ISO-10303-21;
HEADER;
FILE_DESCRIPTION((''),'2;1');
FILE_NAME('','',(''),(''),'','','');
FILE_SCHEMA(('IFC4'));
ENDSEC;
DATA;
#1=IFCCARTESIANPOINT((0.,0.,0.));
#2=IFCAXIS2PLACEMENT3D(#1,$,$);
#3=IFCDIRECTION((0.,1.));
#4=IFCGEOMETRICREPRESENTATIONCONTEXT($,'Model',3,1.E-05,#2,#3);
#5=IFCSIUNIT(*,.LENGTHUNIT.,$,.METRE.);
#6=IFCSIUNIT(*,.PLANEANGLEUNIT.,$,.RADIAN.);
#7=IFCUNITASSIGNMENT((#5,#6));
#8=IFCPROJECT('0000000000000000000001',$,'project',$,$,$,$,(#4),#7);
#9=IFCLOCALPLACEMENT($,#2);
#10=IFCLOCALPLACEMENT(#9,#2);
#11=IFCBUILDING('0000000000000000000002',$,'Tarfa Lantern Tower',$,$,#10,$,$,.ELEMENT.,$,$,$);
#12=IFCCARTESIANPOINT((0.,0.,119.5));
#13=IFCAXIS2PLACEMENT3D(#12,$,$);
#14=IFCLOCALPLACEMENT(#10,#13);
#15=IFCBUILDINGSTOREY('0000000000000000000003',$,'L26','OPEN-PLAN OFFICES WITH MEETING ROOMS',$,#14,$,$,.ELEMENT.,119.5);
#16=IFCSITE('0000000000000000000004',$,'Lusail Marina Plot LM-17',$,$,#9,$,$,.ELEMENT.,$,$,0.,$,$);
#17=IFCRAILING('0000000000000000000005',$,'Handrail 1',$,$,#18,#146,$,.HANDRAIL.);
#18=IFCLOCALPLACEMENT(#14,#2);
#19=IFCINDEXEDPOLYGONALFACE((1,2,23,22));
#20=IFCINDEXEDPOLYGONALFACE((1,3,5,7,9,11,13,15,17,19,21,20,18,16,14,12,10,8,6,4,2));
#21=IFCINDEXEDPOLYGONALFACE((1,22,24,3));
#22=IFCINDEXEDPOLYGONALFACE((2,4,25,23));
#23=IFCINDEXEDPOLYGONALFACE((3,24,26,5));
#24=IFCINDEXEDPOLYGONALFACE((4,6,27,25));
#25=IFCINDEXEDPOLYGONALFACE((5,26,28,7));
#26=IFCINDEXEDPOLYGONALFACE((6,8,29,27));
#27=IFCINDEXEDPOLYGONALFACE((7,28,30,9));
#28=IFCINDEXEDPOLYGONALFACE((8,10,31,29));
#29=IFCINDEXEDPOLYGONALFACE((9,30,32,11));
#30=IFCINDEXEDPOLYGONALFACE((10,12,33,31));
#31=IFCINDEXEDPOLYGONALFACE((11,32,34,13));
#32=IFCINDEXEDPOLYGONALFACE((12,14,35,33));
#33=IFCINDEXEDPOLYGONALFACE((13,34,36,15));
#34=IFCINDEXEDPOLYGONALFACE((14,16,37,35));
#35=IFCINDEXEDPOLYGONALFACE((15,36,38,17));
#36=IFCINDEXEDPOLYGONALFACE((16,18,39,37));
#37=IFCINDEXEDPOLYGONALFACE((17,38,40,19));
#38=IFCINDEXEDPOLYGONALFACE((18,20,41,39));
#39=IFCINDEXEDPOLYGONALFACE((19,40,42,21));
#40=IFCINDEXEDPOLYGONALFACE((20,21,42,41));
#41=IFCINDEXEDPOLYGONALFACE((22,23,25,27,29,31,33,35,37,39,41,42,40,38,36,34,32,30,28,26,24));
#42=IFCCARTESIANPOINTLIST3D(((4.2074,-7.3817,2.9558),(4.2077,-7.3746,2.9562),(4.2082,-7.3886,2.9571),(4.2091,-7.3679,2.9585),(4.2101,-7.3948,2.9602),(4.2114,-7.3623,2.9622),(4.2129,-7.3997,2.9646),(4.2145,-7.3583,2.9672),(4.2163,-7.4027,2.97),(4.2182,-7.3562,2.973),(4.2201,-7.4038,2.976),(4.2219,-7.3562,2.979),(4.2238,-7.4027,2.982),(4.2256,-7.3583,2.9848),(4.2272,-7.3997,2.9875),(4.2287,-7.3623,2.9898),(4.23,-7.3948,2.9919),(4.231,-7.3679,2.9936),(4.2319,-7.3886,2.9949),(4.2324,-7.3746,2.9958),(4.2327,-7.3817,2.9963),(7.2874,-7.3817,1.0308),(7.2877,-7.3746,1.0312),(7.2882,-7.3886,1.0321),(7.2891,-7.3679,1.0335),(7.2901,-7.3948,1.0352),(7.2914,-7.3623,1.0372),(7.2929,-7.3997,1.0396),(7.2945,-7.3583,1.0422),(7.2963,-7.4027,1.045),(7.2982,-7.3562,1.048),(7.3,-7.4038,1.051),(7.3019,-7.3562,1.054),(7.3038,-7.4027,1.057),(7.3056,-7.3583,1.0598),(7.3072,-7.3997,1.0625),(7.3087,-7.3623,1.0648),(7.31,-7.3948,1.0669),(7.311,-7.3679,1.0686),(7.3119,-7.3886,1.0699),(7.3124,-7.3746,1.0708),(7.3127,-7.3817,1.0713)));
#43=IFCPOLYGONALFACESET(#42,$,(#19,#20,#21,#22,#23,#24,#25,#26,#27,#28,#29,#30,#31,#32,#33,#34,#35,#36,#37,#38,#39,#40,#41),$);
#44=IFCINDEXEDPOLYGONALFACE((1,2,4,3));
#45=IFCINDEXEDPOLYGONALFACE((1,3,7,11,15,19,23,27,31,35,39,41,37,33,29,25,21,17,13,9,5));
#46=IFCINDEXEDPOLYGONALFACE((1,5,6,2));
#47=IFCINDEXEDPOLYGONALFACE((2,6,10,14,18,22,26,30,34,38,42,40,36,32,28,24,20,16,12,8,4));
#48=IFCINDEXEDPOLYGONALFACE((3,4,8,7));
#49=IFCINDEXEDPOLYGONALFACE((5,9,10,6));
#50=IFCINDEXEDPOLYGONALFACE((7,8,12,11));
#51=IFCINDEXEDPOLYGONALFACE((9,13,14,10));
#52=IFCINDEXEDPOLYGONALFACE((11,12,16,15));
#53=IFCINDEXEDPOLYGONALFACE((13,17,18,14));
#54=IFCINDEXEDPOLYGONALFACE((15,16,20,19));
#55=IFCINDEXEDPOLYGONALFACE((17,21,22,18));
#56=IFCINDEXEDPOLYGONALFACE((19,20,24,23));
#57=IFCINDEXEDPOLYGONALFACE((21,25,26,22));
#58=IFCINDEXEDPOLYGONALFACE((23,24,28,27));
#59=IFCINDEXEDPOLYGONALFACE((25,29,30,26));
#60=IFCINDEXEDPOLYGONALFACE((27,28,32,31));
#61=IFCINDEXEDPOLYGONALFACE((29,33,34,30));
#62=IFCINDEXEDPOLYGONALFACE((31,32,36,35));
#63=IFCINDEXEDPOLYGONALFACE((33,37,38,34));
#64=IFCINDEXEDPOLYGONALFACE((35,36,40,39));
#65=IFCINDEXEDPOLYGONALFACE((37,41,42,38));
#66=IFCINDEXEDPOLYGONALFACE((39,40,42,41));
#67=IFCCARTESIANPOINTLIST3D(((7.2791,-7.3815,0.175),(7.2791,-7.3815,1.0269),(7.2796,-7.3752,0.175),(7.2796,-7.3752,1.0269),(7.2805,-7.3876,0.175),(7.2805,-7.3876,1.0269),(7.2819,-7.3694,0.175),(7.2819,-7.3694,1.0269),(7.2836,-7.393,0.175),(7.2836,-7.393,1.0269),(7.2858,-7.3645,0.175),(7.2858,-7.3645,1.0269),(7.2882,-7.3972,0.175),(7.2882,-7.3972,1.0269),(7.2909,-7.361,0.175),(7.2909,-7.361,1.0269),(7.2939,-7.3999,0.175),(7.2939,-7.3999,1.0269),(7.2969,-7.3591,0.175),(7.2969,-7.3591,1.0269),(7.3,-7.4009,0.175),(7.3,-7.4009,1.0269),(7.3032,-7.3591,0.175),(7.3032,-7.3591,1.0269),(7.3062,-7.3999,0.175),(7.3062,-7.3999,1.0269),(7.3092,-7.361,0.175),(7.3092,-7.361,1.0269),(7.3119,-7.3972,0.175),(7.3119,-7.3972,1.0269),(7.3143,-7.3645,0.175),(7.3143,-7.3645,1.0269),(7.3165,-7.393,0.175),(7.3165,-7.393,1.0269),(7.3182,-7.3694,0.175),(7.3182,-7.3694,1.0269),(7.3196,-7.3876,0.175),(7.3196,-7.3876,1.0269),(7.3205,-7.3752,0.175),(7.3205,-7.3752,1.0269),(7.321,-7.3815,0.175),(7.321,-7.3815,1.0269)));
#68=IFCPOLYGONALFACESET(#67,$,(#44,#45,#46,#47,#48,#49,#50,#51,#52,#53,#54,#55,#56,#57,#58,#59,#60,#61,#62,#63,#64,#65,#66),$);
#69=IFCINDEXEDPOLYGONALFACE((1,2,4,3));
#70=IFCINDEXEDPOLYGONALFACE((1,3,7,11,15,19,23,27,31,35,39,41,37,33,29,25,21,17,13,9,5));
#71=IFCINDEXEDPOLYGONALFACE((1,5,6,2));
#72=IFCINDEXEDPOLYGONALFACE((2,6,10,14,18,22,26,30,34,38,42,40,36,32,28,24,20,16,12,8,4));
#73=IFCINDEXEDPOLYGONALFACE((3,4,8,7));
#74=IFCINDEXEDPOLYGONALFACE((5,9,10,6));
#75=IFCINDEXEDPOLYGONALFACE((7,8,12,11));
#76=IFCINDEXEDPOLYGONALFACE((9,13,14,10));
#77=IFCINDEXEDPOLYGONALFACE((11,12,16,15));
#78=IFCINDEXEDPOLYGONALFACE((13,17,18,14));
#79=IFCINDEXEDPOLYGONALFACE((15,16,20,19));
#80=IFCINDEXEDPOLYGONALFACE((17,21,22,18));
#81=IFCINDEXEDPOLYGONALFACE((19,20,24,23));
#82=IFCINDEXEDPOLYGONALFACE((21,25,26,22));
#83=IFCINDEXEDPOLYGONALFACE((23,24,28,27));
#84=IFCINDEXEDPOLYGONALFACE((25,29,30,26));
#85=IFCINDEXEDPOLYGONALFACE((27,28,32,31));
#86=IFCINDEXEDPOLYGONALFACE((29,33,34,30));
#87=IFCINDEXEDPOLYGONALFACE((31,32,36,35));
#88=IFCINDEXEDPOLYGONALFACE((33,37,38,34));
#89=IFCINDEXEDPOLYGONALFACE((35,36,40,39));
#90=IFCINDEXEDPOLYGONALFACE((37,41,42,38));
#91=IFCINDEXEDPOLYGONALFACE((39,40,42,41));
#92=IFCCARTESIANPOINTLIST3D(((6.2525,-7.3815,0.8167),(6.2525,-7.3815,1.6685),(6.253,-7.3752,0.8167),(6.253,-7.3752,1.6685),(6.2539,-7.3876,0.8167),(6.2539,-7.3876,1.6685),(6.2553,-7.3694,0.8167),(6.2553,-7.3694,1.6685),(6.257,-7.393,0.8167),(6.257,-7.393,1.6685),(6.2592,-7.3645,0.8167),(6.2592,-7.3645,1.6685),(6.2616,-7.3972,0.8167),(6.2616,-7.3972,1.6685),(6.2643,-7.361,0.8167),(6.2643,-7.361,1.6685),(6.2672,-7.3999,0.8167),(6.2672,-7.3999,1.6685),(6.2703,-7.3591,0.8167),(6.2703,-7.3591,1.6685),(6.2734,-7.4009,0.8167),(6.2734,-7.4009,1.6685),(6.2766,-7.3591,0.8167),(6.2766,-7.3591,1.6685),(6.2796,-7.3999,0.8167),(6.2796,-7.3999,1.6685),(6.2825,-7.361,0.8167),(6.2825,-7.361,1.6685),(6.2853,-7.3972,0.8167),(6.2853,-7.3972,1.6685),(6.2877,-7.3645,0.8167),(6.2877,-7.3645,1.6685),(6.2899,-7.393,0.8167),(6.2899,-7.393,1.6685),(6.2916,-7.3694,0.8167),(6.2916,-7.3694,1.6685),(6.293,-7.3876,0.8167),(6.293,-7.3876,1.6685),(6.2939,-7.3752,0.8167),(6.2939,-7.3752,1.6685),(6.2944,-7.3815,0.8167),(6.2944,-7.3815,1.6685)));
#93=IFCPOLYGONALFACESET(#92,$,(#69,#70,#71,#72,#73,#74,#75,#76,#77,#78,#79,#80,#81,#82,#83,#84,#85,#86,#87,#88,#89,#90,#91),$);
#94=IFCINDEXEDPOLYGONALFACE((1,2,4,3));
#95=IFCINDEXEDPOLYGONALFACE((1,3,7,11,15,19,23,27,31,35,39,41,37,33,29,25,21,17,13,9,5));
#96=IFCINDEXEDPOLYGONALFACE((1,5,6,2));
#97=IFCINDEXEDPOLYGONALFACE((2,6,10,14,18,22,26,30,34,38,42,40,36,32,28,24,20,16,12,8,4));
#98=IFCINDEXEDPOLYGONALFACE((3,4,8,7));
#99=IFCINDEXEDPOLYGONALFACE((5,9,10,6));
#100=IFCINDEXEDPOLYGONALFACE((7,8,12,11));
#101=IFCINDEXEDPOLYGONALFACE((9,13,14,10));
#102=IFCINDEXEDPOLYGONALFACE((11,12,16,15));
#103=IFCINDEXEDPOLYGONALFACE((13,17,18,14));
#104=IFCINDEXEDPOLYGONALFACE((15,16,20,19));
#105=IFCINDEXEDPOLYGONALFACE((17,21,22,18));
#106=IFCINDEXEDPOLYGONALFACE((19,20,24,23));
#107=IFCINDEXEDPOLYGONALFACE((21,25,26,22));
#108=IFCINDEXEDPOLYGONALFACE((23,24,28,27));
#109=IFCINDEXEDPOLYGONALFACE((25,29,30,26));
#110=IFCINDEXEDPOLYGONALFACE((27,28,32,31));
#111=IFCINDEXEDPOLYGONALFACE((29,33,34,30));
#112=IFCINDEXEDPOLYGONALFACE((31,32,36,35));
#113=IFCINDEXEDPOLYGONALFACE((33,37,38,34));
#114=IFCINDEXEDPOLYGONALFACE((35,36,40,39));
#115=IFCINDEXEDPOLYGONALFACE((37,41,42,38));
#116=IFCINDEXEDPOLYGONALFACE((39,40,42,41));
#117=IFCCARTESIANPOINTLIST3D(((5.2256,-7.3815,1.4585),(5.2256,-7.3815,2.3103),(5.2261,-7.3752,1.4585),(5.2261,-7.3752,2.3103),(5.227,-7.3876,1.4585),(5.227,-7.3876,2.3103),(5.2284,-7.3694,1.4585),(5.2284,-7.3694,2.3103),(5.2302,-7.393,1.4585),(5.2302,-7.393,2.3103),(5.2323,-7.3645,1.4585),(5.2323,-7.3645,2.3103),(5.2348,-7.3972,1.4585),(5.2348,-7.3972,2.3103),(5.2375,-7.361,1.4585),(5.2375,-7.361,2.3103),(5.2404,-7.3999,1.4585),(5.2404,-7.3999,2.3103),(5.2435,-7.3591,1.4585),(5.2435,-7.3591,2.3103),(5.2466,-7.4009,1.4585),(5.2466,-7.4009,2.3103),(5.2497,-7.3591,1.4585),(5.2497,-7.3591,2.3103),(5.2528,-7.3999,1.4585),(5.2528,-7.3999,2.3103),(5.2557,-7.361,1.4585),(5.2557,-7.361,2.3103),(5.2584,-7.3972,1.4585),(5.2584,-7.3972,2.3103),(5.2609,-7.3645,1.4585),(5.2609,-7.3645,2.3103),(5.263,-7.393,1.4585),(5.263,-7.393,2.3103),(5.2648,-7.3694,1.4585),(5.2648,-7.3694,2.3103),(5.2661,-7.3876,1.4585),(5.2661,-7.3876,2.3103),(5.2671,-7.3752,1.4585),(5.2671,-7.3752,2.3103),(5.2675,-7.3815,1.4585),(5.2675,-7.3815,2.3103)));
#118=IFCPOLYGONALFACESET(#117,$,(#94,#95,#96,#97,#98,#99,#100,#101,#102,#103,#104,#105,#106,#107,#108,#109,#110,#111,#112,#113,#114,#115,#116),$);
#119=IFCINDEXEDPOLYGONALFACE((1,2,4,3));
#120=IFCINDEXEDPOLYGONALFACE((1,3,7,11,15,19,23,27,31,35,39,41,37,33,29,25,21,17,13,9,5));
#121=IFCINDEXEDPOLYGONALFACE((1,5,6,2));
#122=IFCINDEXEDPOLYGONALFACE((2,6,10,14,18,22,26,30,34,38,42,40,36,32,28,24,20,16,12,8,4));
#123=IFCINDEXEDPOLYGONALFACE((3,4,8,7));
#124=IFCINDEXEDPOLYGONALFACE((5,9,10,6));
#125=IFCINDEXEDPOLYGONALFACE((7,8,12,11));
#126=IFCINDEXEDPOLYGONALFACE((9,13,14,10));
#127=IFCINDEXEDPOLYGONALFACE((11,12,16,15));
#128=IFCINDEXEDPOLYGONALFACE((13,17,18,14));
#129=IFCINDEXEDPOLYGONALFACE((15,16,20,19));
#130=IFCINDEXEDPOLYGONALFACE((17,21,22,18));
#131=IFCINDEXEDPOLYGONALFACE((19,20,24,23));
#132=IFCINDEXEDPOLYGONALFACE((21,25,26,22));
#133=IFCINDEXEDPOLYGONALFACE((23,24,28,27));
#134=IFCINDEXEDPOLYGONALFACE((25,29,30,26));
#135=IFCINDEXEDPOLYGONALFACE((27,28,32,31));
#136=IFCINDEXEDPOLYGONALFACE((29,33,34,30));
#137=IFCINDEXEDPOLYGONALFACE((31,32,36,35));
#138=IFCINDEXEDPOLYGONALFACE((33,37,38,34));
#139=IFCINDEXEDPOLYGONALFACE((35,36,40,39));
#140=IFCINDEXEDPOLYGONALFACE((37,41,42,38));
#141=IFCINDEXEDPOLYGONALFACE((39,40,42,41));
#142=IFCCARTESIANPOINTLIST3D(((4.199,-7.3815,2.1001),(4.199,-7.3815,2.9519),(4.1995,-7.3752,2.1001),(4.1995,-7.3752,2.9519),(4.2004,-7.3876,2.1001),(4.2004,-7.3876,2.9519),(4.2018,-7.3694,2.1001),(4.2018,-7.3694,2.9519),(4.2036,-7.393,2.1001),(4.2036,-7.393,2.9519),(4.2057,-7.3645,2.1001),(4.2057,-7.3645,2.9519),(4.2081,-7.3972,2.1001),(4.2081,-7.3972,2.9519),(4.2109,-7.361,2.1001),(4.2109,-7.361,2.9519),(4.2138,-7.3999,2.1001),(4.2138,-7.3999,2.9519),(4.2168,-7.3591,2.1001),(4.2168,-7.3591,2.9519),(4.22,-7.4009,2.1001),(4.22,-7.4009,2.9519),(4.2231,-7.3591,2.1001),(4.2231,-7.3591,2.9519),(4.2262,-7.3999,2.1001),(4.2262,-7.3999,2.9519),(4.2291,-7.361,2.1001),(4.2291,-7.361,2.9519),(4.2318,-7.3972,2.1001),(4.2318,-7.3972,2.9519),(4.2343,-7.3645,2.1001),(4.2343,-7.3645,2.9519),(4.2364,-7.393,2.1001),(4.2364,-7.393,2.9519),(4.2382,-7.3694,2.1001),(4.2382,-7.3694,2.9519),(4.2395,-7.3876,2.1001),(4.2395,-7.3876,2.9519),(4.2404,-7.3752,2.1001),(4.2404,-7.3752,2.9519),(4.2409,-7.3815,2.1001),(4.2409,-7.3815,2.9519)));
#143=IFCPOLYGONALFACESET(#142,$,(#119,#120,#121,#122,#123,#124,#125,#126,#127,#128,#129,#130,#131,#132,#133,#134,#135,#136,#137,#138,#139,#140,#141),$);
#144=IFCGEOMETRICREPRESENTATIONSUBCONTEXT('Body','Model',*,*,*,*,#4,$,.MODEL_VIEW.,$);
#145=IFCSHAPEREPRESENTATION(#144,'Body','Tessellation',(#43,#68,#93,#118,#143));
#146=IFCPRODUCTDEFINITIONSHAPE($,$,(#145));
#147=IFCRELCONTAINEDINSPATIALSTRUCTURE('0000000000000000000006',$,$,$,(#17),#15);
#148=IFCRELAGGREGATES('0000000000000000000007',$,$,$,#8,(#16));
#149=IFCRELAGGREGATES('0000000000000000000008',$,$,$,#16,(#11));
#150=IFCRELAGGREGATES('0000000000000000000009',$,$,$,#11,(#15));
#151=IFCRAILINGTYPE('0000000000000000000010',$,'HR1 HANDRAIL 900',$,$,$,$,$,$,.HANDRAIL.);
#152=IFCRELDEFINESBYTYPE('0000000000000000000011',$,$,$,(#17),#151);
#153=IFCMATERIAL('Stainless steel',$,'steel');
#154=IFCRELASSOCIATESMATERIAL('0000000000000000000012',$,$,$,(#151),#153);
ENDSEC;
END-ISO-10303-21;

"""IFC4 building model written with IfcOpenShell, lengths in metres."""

from ifc_helpers import new_model, si_unit, direction, frame, origin, origin_2d, place, context, subcontext, project, spatial, circle, extrude, material, type_object, element, save


model = new_model("IFC4")

# Units and contexts
model_context = context("Model", 3, precision=1e-05, world=origin(), true_north=direction((0.0, 1.0)))
body_context = subcontext(model_context, "Body", "Model", "MODEL_VIEW")
ifc_project = project(units=[si_unit("LENGTHUNIT", "METRE"), si_unit("PLANEANGLEUNIT", "RADIAN")], contexts=[model_context])

# Site, building, storey
site_placement = place(None, origin())
site = spatial("IfcSite", under=ifc_project, at=site_placement, Name="Lusail Marina Plot LM-17", CompositionType="ELEMENT", RefElevation=0.0)
building_placement = place(site_placement, origin())
building = spatial("IfcBuilding", under=site, at=building_placement, Name="Tarfa Lantern Tower", CompositionType="ELEMENT")
storey_placement = place(building_placement, frame((0.0, 0.0, 119.5)))
storey = spatial("IfcBuildingStorey", under=building, at=storey_placement, Name="L26", Description="OPEN-PLAN OFFICES WITH MEETING ROOMS", CompositionType="ELEMENT", Elevation=119.5)

# Railing
ifc_material_1 = material(Name="Stainless steel", Category="steel")
railing_type = type_object("IfcRailingType", Name="HR1 HANDRAIL 900", PredefinedType="HANDRAIL", material=ifc_material_1)
railing_placement = place(storey_placement, frame((7.3, -7.3799, 0.175)))
element("IfcRailing", 1, at=railing_placement, inside=storey, type_object=railing_type, Name="Handrail 1", PredefinedType="HANDRAIL", context=body_context, shape_type="SweptSolid", body=[
    extrude(circle(Radius=0.0239, at=origin_2d()), frame((0.0, 0.0, 0.876), z_axis=(-0.847998, 0.0, 0.529999), x_axis=(0.0, -1.0, 0.0)), (0.0, 0.0, 1.0), 3.6321),
    extrude(circle(Radius=0.021, at=origin_2d()), frame((0.0, 0.0, 0.0), z_axis=(0.0, 0.0, 1.0), x_axis=(0.0, -1.0, 0.0)), (0.0, 0.0, 1.0), 0.8518),
    extrude(circle(Radius=0.021, at=origin_2d()), frame((-1.0266, 0.0, 0.6416), z_axis=(0.0, 0.0, 1.0), x_axis=(0.0, -1.0, 0.0)), (0.0, 0.0, 1.0), 0.8518),
    extrude(circle(Radius=0.021, at=origin_2d()), frame((-2.0535, 0.0, 1.2834), z_axis=(0.0, 0.0, 1.0), x_axis=(0.0, -1.0, 0.0)), (0.0, 0.0, 1.0), 0.8518),
    extrude(circle(Radius=0.021, at=origin_2d()), frame((-3.0801, 0.0, 1.925), z_axis=(0.0, 0.0, 1.0), x_axis=(0.0, -1.0, 0.0)), (0.0, 0.0, 1.0), 0.8518),
])

save(model, "model.ifc")
